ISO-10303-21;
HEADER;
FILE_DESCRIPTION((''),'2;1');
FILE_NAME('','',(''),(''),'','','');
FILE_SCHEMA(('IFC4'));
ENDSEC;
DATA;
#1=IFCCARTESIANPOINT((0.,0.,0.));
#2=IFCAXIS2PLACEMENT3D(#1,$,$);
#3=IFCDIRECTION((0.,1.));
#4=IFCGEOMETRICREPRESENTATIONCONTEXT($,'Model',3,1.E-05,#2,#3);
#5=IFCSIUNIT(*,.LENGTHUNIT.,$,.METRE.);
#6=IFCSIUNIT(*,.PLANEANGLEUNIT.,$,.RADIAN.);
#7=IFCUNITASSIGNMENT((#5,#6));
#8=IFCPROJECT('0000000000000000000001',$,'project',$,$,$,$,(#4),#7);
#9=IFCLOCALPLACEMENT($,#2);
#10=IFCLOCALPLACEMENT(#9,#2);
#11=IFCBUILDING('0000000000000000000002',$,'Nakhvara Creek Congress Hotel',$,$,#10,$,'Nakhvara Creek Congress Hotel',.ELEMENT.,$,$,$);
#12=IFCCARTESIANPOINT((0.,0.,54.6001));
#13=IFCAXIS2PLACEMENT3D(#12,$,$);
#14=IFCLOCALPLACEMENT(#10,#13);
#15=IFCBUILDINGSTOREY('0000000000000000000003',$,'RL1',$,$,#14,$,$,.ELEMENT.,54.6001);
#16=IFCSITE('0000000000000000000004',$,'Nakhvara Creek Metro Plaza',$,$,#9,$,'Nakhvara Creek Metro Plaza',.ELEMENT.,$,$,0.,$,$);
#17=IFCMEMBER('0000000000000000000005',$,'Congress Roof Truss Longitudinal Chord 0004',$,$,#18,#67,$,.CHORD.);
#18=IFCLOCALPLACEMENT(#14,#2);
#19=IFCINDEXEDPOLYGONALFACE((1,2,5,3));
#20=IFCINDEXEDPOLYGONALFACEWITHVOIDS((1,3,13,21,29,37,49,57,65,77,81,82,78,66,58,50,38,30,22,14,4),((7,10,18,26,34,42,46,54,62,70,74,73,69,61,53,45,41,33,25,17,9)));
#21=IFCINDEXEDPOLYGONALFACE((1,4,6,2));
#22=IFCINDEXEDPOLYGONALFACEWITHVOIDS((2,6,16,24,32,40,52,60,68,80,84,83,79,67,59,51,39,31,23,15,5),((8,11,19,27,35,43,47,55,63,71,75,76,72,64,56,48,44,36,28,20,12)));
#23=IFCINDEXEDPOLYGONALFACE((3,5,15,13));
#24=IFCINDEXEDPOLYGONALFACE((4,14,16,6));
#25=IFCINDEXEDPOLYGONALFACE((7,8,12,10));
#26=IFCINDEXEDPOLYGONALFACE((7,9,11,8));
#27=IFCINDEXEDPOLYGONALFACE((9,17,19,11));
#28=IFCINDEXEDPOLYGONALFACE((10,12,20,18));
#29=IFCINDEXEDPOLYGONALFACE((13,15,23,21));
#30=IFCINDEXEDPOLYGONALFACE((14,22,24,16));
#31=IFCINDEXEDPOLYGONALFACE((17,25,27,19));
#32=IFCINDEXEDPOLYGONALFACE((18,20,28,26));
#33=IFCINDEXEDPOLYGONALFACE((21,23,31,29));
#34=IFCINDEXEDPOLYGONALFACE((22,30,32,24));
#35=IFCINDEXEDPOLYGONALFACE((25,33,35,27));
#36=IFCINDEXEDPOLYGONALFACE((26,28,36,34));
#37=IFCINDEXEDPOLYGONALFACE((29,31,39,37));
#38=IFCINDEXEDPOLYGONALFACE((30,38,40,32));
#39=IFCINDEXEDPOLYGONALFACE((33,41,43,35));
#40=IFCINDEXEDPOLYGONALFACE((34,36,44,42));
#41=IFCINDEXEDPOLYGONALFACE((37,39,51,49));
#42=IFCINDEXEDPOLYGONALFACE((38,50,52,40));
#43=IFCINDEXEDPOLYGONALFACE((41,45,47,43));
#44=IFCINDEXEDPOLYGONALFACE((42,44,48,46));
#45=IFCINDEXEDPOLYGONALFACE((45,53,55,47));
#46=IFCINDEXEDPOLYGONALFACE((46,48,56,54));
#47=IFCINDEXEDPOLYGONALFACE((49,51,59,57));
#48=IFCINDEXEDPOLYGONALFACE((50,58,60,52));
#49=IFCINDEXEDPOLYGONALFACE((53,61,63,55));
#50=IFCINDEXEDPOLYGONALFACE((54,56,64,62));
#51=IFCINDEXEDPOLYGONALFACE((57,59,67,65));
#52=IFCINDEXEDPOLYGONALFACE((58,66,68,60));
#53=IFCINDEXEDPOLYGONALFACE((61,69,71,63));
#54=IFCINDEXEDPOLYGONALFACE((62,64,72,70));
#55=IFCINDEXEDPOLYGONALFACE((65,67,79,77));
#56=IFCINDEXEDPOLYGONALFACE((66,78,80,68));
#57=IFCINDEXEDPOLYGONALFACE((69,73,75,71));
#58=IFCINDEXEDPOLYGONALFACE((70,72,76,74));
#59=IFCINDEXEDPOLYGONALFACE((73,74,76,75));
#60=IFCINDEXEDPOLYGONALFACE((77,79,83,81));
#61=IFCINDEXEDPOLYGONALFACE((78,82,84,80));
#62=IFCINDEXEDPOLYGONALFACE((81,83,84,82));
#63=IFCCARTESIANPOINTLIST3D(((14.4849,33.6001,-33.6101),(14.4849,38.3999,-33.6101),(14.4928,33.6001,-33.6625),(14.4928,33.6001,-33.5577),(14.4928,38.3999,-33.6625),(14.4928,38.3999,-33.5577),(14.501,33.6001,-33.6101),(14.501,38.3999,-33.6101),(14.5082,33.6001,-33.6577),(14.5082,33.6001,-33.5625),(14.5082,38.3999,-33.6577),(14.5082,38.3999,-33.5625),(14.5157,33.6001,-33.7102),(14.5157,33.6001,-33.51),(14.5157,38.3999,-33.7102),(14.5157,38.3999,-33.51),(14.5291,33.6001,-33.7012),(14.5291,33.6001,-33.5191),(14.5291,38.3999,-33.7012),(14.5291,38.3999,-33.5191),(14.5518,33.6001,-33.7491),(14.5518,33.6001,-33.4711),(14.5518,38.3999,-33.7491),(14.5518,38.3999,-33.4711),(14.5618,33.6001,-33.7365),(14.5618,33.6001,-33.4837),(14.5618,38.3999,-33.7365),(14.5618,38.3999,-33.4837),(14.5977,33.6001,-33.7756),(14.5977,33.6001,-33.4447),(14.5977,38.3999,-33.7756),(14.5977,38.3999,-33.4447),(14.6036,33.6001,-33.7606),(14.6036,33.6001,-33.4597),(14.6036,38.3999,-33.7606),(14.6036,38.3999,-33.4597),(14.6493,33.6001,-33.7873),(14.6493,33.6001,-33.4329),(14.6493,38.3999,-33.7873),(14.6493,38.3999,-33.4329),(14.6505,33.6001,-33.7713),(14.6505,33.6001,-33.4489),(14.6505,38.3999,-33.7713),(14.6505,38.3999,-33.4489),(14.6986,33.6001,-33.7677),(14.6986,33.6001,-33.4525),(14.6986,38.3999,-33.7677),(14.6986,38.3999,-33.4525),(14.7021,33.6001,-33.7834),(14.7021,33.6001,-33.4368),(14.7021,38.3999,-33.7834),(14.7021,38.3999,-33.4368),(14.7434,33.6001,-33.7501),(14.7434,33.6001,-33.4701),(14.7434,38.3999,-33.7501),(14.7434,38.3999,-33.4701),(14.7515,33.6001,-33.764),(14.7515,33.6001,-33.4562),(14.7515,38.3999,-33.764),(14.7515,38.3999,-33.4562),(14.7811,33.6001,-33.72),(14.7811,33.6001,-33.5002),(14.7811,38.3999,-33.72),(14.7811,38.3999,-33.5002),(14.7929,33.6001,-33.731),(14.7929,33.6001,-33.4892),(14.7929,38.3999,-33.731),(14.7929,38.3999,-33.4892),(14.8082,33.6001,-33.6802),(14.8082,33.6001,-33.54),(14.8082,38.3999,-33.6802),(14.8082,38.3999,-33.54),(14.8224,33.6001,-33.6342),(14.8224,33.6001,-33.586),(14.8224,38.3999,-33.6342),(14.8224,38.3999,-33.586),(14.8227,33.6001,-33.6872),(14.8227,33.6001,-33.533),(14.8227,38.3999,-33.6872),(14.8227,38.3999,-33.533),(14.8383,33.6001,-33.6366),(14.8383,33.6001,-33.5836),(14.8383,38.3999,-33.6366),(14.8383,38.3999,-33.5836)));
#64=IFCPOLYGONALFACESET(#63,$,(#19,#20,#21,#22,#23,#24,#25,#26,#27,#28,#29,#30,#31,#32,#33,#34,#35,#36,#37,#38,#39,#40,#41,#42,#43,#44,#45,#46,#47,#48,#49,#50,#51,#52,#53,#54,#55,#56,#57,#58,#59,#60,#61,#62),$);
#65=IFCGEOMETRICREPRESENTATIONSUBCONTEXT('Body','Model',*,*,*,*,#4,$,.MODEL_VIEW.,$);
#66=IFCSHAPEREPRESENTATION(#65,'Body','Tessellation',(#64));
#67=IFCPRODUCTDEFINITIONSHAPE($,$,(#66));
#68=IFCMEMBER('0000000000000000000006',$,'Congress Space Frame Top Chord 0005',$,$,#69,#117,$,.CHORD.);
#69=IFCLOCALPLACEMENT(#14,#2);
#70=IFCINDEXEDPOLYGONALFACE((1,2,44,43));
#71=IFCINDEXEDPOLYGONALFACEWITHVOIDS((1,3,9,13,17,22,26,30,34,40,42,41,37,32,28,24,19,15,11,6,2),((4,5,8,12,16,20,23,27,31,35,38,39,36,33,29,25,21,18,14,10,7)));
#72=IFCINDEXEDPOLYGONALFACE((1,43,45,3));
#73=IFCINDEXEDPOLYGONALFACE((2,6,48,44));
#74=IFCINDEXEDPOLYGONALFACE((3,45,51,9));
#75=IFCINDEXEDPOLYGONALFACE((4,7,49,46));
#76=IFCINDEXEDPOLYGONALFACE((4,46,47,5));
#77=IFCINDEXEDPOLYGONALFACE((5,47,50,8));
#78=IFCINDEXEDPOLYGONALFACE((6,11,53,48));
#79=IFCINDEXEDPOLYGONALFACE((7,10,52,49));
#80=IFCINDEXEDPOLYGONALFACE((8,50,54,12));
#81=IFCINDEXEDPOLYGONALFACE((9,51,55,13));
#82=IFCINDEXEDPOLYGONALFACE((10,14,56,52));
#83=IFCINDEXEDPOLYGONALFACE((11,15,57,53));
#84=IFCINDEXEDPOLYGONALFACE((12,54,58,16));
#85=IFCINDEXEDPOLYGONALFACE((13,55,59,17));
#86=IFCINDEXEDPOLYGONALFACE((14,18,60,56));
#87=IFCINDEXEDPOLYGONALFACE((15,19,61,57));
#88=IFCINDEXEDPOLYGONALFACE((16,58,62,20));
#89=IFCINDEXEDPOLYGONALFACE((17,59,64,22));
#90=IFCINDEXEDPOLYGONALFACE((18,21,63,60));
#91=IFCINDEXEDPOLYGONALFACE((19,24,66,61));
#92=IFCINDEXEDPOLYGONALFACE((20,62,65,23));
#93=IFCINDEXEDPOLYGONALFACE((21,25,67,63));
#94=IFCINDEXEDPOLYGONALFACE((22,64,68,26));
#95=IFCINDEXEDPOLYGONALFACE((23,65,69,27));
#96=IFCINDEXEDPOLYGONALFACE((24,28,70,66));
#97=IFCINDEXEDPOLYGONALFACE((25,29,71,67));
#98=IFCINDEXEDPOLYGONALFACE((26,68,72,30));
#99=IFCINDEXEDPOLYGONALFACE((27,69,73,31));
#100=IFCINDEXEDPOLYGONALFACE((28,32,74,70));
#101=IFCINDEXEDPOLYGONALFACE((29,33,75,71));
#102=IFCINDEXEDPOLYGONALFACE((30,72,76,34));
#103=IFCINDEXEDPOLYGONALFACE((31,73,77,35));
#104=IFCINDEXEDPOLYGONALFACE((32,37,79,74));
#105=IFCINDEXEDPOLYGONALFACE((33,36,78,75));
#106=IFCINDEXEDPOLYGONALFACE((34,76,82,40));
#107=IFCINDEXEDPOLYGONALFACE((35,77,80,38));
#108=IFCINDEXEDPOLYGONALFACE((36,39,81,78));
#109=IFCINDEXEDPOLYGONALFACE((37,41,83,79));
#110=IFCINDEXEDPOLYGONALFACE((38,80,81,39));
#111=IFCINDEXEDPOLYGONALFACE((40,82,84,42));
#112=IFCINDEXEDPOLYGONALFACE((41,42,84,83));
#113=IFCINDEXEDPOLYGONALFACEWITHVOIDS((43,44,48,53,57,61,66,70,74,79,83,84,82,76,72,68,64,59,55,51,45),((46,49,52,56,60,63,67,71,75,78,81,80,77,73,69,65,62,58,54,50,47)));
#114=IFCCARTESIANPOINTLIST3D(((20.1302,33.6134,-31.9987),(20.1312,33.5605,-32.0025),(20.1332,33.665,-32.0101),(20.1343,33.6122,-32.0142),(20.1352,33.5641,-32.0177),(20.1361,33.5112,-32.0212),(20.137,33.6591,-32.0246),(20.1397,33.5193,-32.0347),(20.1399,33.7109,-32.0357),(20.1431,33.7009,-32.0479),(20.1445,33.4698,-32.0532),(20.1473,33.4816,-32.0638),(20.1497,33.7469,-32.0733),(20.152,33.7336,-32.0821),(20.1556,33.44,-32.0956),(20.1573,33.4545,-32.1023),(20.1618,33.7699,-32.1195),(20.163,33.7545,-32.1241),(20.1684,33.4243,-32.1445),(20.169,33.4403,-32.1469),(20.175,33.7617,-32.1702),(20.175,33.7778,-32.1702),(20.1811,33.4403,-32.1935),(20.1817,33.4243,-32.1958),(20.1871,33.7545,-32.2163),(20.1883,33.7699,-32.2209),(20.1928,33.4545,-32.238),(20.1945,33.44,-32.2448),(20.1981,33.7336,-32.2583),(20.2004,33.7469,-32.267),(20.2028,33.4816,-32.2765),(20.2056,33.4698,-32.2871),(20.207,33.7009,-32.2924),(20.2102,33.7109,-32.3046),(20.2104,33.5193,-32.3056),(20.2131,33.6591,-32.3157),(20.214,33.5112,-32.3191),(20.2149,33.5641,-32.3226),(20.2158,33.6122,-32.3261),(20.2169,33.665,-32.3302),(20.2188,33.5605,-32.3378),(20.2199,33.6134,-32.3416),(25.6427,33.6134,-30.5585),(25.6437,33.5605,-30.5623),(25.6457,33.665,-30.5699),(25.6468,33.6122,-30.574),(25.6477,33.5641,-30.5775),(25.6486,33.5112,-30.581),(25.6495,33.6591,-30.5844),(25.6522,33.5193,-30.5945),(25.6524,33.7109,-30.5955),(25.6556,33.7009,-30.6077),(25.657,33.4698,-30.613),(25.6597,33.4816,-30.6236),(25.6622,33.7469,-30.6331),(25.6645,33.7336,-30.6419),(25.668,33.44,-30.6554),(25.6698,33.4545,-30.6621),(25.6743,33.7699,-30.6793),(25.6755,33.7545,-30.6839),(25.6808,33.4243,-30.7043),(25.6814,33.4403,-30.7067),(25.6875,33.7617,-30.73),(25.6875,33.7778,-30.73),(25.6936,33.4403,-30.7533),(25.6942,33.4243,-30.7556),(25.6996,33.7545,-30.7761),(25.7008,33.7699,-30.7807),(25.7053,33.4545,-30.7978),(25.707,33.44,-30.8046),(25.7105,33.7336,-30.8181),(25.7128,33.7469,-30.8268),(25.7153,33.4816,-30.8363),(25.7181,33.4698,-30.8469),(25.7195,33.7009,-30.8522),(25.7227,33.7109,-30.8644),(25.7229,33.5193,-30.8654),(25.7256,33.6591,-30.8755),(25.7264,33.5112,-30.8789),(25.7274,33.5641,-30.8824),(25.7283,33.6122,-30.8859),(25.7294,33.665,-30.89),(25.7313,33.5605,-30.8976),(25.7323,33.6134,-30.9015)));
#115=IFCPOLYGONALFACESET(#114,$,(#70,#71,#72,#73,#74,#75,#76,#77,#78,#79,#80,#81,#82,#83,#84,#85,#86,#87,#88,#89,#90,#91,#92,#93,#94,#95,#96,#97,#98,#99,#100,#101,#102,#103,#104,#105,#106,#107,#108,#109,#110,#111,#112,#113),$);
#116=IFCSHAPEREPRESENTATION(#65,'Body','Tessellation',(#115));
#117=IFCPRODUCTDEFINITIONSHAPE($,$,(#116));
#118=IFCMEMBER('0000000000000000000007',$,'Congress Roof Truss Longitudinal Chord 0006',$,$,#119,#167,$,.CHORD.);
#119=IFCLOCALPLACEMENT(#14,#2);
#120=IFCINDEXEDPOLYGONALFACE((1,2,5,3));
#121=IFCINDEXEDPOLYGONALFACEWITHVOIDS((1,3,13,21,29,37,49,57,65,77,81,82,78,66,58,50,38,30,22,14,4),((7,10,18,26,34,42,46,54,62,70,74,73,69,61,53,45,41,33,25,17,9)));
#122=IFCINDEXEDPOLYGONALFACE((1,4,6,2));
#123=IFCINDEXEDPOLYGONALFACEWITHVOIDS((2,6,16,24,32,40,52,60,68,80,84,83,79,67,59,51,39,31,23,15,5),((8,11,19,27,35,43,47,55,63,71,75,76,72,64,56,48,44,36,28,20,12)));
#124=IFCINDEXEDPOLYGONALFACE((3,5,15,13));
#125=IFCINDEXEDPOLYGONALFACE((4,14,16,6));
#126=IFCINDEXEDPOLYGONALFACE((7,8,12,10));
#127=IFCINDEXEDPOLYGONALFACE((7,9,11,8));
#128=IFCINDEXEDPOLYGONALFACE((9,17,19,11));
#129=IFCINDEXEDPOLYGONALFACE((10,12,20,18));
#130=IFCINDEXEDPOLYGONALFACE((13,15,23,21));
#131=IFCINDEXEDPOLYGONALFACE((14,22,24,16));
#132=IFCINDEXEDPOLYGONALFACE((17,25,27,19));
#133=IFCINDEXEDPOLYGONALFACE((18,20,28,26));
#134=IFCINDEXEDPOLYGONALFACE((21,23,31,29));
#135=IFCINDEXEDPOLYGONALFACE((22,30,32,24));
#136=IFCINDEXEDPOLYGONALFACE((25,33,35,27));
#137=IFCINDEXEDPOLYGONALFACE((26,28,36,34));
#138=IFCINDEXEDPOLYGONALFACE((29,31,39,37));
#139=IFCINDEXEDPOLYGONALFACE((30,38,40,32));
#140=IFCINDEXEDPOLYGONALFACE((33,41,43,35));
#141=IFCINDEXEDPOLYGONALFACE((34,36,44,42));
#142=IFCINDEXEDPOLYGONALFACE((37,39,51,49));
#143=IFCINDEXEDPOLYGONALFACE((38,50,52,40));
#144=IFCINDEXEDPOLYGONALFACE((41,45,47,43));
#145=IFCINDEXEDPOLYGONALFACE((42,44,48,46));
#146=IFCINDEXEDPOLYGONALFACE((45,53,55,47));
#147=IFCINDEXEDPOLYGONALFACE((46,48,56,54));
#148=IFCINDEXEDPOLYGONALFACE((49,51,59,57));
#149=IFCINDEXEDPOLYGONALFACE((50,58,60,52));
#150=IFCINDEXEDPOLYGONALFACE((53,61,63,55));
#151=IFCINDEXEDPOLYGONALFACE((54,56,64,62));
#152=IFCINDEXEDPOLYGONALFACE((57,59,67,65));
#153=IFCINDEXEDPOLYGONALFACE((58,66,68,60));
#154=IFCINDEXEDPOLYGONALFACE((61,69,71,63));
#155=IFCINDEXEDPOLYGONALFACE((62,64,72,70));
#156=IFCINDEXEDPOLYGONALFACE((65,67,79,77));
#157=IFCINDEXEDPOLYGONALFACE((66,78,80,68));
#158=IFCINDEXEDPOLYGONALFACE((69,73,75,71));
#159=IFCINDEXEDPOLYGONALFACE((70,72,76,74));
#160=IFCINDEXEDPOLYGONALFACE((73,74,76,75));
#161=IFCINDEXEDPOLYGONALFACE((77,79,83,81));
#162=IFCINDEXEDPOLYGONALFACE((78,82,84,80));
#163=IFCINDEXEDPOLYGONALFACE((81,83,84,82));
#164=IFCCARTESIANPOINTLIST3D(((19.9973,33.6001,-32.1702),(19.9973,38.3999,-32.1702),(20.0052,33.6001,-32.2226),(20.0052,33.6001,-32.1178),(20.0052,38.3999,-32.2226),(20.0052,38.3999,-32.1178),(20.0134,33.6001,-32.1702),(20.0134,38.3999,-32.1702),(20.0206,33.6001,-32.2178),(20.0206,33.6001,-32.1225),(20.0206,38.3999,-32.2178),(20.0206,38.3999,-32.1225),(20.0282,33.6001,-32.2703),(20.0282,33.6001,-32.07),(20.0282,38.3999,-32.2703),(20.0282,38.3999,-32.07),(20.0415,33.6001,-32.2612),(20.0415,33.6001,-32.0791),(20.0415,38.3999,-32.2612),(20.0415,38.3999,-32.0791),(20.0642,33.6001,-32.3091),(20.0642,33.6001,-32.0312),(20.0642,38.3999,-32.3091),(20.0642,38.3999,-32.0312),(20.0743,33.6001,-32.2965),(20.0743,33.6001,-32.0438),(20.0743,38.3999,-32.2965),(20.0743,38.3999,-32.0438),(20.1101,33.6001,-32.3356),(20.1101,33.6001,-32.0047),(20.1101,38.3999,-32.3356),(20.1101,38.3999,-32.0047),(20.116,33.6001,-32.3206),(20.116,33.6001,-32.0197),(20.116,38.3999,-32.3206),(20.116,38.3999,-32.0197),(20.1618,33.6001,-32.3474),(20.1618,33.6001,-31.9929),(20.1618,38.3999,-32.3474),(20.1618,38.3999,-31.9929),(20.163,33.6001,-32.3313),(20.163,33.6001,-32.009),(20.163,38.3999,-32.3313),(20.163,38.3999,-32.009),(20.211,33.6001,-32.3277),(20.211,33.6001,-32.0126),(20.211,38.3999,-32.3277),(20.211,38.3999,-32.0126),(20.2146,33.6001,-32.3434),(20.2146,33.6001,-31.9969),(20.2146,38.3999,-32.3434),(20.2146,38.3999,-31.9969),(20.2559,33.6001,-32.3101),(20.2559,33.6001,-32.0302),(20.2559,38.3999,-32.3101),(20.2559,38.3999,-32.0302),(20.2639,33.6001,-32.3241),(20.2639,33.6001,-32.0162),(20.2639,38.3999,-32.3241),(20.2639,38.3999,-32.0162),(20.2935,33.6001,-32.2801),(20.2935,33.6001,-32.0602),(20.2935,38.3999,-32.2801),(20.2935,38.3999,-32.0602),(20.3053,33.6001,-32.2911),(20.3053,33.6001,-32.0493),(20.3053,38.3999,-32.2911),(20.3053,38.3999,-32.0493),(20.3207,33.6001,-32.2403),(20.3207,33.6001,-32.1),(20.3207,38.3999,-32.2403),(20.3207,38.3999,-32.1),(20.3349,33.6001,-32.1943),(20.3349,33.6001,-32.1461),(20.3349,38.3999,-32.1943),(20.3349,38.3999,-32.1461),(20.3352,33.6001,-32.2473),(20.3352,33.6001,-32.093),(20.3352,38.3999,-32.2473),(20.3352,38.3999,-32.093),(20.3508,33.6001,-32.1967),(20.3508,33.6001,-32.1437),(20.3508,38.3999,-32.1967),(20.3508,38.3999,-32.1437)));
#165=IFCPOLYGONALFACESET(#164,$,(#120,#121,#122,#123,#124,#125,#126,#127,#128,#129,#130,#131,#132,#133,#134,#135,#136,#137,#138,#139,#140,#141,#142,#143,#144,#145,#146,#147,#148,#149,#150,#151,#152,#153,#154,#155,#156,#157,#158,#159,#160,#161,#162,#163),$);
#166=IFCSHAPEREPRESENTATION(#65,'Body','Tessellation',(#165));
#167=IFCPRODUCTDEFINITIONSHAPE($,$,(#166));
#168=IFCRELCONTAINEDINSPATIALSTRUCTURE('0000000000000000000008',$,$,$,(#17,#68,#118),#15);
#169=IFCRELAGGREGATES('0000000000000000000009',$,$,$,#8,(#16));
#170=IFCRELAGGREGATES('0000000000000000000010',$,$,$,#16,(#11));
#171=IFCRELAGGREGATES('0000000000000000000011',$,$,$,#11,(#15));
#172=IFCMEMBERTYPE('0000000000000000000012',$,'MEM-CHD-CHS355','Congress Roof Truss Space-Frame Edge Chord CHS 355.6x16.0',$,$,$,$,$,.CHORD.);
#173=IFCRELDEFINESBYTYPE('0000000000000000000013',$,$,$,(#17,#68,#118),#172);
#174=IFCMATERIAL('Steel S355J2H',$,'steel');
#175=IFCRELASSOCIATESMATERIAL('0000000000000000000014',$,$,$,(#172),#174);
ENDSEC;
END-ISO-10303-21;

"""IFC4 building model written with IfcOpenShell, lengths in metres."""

from ifc_helpers import new_model, si_unit, direction, frame, origin, origin_2d, place, context, subcontext, project, spatial, hollow_circle, extrude, material, material_profile, profile_set, type_object, element, save


model = new_model("IFC4")

# Units and contexts
model_context = context("Model", 3, precision=1e-05, world=origin(), true_north=direction((0.0, 1.0)))
body_context = subcontext(model_context, "Body", "Model", "MODEL_VIEW")
ifc_project = project(units=[si_unit("LENGTHUNIT", "METRE"), si_unit("PLANEANGLEUNIT", "RADIAN")], contexts=[model_context])

# Site, building, storey
site_placement = place(None, origin())
site = spatial("IfcSite", under=ifc_project, at=site_placement, Name="Nakhvara Creek Metro Plaza", LongName="Nakhvara Creek Metro Plaza", CompositionType="ELEMENT", RefElevation=0.0)
building_placement = place(site_placement, origin())
building = spatial("IfcBuilding", under=site, at=building_placement, Name="Nakhvara Creek Congress Hotel", LongName="Nakhvara Creek Congress Hotel", CompositionType="ELEMENT")
storey_placement = place(building_placement, frame((0.0, 0.0, 54.6001)))
storey = spatial("IfcBuildingStorey", under=building, at=storey_placement, Name="RL1", CompositionType="ELEMENT", Elevation=54.6001)

# Members
ifc_material_1 = material(Name="Steel S355J2H", Category="steel")
ifc_material_profile_1 = material_profile(ifc_material_1, hollow_circle(Radius=0.1777, WallThickness=0.0161, at=origin_2d()), Name="CHS 355.6x16.0", Category="LoadBearing")
ifc_profile_set_1 = profile_set([ifc_material_profile_1], Name="Steel S355J2H")
member_type_1 = type_object("IfcMemberType", Name="MEM-CHD-CHS355", Description="Congress Roof Truss Space-Frame Edge Chord CHS 355.6x16.0", PredefinedType="CHORD", material=ifc_profile_set_1)
member_1_placement = place(storey_placement, frame((14.6626, 33.6001, -33.6101), z_axis=(0.0, 1.0, 0.0), x_axis=(-1.0, 0.0, 0.0)))
element("IfcMember", 1, at=member_1_placement, inside=storey, type_object=member_type_1, Name="Congress Roof Truss Longitudinal Chord 0004", PredefinedType="CHORD", context=body_context, shape_type="SweptSolid", body=[
    extrude(hollow_circle(Radius=0.1777, WallThickness=0.0161, at=origin_2d()), origin(), (0.0, 0.0, 1.0), 4.7998),
])
member_2_placement = place(storey_placement, frame((20.175, 33.6001, -32.1702), z_axis=(0.967525, 0.0, 0.252776), x_axis=(0.0, 1.0, 0.0)))
element("IfcMember", 2, at=member_2_placement, inside=storey, type_object=member_type_1, Name="Congress Space Frame Top Chord 0005", PredefinedType="CHORD", context=body_context, shape_type="SweptSolid", body=[
    extrude(hollow_circle(Radius=0.1777, WallThickness=0.0161, at=origin_2d()), origin(), (0.0, 0.0, 1.0), 5.6975),
])
member_3_placement = place(storey_placement, frame((20.175, 33.6001, -32.1702), z_axis=(0.0, 1.0, 0.0), x_axis=(-1.0, 0.0, 0.0)))
element("IfcMember", 3, at=member_3_placement, inside=storey, type_object=member_type_1, Name="Congress Roof Truss Longitudinal Chord 0006", PredefinedType="CHORD", context=body_context, shape_type="SweptSolid", body=[
    extrude(hollow_circle(Radius=0.1777, WallThickness=0.0161, at=origin_2d()), origin(), (0.0, 0.0, 1.0), 4.7998),
])

save(model, "model.ifc")
